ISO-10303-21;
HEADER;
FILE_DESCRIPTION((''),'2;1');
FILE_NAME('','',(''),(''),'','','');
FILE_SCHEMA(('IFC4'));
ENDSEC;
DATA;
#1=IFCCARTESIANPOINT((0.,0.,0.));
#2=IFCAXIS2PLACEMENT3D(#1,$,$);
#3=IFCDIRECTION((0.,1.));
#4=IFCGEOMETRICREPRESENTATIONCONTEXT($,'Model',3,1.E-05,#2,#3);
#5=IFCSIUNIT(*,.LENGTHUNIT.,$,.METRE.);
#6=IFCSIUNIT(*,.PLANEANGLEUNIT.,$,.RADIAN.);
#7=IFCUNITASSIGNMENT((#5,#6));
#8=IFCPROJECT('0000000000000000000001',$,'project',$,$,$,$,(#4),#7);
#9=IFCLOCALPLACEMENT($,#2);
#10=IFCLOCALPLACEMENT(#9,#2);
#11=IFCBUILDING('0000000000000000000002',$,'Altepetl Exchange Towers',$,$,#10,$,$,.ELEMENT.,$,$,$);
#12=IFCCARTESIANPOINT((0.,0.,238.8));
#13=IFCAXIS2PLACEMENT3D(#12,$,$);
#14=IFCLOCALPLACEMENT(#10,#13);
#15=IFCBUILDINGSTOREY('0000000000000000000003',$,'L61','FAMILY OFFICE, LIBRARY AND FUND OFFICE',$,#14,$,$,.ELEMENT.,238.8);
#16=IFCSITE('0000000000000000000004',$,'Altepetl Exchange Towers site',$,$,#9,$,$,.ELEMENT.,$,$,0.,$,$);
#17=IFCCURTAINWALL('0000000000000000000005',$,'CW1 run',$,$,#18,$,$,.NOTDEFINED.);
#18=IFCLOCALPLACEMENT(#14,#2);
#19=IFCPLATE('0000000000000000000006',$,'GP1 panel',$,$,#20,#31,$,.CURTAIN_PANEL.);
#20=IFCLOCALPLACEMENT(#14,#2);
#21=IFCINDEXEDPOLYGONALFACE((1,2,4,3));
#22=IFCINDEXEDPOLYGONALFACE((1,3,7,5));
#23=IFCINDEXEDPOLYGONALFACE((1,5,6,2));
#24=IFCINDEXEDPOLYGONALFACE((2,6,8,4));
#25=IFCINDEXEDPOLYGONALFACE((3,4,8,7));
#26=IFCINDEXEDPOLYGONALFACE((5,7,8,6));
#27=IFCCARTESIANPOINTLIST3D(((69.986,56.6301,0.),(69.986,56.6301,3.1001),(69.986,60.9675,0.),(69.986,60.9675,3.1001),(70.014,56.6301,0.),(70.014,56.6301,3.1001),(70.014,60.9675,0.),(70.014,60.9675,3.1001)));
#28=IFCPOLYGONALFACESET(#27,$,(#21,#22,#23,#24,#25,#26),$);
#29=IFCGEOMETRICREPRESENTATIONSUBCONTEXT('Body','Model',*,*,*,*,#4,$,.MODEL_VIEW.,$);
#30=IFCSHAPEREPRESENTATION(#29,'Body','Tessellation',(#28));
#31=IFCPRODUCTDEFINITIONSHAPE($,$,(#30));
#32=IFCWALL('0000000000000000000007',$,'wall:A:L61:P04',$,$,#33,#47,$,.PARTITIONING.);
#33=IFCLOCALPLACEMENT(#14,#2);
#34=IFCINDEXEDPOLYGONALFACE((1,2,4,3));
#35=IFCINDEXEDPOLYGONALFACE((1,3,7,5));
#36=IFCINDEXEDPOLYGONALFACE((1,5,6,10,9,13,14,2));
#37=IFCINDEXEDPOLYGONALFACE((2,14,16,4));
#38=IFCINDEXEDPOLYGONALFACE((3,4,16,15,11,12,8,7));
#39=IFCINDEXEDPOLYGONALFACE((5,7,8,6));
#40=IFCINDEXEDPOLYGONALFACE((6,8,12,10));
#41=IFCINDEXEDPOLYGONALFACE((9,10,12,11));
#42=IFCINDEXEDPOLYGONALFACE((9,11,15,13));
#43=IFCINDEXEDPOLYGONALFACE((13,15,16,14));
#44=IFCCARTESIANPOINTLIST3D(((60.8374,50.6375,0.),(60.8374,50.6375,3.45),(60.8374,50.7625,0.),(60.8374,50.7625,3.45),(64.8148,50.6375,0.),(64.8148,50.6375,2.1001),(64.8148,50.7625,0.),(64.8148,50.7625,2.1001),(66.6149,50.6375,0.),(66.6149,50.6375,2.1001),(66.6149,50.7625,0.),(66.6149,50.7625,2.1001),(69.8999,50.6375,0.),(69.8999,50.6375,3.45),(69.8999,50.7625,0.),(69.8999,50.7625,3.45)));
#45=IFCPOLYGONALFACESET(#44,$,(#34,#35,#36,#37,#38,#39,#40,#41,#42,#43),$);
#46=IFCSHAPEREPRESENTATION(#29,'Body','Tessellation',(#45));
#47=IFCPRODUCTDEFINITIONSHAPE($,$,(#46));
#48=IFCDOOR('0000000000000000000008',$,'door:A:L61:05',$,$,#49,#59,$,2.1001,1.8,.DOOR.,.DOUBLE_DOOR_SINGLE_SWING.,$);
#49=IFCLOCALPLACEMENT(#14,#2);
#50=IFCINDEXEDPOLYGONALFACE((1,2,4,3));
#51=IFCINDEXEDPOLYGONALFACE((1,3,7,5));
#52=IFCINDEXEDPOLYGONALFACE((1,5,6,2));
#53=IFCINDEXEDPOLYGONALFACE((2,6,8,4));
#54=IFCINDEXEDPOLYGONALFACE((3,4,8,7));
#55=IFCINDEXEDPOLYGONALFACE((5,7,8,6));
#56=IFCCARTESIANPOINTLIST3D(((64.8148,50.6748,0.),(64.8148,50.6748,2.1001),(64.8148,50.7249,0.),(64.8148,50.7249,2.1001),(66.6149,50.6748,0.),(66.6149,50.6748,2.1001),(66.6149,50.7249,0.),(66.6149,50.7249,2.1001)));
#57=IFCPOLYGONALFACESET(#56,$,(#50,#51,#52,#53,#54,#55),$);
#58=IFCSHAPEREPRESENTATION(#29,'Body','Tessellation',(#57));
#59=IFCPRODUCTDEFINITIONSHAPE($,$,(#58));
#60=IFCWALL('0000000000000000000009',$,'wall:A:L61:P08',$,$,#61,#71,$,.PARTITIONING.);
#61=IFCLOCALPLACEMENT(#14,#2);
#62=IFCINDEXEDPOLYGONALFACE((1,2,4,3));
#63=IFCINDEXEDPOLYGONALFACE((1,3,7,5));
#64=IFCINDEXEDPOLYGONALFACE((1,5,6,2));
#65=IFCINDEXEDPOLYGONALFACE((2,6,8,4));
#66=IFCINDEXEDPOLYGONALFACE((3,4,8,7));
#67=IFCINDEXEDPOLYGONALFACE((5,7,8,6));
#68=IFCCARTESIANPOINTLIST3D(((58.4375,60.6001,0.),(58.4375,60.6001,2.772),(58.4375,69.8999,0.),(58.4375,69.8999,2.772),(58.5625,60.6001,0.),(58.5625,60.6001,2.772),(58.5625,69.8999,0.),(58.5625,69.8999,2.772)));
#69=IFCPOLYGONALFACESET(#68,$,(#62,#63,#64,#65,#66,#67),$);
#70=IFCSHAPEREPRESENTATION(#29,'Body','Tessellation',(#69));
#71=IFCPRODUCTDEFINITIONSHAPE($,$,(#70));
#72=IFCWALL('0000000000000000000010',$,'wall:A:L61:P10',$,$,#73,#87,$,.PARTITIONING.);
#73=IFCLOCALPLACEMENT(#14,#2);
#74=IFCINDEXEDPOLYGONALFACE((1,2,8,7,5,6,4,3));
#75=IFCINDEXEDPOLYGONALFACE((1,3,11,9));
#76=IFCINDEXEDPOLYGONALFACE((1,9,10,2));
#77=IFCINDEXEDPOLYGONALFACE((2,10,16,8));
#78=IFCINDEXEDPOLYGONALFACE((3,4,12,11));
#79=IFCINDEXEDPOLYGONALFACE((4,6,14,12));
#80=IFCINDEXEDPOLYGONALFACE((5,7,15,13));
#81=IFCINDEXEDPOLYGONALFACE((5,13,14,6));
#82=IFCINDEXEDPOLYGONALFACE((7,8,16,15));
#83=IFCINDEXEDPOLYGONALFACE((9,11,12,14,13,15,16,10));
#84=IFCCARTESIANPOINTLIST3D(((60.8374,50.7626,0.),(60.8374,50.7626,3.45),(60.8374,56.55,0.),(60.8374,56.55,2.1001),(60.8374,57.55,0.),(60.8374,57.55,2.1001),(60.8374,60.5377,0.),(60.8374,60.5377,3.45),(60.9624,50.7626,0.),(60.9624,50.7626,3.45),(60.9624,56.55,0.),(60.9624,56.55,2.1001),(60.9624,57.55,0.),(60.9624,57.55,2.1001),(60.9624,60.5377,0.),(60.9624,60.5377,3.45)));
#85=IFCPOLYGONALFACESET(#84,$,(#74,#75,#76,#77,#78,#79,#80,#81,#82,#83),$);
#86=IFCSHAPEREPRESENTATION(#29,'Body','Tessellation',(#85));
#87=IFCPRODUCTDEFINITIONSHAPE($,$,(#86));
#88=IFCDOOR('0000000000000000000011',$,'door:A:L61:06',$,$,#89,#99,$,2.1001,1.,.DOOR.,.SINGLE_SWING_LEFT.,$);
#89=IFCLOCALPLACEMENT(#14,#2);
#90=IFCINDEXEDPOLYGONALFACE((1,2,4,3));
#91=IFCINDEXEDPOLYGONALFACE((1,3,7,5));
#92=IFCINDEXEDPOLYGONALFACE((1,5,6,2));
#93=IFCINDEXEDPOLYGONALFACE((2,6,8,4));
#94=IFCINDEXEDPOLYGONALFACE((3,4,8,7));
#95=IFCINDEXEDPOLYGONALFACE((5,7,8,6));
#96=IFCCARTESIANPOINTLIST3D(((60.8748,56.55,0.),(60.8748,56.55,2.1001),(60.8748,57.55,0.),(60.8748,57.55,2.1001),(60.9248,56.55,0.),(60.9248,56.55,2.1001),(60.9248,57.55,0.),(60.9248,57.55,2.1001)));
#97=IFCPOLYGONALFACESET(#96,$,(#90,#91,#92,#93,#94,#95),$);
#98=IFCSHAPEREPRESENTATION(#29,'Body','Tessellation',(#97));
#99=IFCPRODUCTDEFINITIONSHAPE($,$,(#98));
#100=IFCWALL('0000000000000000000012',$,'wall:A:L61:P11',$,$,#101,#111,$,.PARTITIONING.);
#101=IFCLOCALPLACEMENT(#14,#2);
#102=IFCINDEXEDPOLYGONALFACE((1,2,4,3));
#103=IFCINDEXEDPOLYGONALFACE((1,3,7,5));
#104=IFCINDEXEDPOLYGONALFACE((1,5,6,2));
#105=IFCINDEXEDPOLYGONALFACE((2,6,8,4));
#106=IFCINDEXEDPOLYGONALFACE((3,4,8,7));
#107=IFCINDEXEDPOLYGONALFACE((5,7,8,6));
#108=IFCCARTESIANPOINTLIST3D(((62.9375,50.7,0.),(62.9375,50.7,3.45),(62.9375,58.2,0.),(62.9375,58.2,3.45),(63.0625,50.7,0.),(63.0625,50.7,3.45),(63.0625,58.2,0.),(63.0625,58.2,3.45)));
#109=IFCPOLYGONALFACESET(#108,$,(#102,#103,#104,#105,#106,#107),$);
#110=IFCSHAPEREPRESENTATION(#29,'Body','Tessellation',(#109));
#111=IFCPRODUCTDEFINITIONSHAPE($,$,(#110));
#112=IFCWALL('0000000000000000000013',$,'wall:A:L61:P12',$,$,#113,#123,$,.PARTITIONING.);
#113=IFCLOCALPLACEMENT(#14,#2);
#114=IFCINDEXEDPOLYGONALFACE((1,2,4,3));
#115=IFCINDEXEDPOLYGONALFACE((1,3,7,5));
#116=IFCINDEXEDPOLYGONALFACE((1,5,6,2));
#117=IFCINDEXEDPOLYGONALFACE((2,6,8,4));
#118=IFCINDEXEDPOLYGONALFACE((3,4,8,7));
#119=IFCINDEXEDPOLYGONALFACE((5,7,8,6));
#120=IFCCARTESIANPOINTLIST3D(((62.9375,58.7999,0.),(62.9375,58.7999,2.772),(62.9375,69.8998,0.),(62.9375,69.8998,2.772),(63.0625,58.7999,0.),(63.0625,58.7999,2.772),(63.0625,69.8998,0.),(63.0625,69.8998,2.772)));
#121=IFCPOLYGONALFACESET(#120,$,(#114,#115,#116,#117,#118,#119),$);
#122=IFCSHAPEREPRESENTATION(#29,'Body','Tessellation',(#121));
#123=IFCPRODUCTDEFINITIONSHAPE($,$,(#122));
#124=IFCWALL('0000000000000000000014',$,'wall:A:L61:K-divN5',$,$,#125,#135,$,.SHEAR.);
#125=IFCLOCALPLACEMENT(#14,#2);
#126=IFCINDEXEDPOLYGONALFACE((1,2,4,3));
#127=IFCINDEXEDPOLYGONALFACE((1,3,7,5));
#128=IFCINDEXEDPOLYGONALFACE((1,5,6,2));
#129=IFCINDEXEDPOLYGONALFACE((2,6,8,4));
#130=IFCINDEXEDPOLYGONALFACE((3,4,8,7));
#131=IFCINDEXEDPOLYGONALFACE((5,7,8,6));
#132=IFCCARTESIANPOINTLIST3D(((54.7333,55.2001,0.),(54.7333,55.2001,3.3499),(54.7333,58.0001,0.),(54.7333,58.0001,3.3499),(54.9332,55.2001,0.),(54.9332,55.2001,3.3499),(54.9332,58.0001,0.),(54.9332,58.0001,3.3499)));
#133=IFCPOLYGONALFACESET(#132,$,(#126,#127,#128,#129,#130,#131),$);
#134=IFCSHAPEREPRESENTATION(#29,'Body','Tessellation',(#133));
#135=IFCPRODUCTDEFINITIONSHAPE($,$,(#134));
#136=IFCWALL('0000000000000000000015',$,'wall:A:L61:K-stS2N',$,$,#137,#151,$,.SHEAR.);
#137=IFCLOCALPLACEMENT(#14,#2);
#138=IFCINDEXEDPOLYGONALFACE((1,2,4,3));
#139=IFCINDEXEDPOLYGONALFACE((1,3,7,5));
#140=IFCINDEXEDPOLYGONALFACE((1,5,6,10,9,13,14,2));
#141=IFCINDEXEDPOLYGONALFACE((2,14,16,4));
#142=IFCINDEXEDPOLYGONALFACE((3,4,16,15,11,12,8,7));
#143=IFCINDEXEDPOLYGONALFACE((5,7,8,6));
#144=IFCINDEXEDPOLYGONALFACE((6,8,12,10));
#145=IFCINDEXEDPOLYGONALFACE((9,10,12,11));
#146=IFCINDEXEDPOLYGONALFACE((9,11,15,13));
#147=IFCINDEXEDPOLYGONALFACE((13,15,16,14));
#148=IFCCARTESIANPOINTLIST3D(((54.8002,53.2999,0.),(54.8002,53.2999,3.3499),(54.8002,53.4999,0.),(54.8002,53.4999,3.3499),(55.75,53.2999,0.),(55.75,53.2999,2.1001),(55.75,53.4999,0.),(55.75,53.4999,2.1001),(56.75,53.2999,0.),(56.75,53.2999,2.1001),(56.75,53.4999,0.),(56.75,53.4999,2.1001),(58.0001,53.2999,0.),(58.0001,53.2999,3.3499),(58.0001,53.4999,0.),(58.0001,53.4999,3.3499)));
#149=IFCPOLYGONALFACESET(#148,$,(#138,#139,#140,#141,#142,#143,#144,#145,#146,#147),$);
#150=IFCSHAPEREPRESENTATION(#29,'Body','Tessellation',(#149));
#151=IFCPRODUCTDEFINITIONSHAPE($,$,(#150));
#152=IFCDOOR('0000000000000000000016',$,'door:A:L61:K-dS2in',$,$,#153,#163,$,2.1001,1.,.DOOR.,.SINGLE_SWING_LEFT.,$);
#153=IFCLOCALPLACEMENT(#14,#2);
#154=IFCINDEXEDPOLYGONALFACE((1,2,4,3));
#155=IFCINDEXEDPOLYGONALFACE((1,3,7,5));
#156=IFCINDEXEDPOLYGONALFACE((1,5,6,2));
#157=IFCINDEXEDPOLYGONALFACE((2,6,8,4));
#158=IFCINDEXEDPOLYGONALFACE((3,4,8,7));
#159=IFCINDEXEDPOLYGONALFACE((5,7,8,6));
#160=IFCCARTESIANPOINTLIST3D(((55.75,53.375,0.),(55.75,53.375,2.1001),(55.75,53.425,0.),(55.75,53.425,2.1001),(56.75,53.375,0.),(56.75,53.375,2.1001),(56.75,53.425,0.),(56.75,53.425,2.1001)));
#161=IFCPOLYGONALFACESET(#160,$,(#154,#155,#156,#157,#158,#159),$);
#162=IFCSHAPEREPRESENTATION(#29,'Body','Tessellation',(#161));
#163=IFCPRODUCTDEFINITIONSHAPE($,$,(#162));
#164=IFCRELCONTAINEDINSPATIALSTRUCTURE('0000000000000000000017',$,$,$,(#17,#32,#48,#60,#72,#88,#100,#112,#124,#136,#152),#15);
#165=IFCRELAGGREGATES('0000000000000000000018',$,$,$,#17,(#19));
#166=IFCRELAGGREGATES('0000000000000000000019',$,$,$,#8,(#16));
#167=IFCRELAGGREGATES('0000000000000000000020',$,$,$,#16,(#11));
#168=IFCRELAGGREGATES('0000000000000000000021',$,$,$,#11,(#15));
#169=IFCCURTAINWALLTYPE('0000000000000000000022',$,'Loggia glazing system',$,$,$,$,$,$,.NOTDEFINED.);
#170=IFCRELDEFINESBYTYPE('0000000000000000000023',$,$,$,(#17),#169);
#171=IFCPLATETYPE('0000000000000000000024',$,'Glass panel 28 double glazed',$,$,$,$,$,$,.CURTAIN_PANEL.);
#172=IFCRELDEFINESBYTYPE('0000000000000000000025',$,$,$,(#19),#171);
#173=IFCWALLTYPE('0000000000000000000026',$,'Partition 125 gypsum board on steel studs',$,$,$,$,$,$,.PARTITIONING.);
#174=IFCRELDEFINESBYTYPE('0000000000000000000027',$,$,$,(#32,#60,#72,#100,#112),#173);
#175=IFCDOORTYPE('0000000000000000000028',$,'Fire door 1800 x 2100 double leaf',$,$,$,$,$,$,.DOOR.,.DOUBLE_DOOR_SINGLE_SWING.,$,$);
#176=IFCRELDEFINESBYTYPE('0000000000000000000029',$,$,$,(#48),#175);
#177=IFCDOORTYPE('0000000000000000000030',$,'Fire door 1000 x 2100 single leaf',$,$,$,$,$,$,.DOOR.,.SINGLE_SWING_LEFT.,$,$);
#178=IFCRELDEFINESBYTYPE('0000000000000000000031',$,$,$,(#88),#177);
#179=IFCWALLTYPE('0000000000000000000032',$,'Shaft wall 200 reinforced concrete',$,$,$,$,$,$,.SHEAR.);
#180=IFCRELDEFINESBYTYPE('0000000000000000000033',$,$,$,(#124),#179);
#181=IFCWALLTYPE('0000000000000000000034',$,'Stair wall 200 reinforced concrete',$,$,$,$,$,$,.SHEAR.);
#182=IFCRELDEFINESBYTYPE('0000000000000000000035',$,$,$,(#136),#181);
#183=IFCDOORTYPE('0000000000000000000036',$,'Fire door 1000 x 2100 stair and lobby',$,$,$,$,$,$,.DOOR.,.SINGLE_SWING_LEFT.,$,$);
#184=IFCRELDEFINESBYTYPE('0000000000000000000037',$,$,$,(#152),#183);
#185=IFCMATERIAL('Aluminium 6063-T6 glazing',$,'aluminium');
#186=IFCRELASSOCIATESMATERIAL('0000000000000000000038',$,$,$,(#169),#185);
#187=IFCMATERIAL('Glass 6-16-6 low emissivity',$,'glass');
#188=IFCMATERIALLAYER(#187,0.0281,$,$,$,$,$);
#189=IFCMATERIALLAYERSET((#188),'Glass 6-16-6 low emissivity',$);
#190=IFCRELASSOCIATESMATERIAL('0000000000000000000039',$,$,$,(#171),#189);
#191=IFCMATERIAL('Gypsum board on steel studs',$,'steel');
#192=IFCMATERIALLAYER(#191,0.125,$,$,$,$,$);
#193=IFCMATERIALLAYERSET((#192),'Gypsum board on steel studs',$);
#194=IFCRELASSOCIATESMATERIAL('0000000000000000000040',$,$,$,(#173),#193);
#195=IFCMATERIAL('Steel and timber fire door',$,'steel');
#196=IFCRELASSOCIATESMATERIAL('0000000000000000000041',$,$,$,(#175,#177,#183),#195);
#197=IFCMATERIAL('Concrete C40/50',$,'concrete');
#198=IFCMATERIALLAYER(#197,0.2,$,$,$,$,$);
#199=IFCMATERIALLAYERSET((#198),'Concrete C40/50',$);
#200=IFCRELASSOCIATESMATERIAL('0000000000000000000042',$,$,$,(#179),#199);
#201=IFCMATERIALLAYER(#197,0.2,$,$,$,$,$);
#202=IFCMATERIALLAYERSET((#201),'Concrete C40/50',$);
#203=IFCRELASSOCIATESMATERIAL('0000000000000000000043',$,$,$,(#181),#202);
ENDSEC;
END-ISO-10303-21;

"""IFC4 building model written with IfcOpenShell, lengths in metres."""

from ifc_helpers import new_model, si_unit, direction, frame, frame_2d, origin, origin_2d, place, context, subcontext, project, spatial, rectangle, extrude, material, layer, layer_set, type_object, element, fill, aggregate, save


model = new_model("IFC4")

# Units and contexts
model_context = context("Model", 3, precision=1e-05, world=origin(), true_north=direction((0.0, 1.0)))
body_context = subcontext(model_context, "Body", "Model", "MODEL_VIEW")
ifc_project = project(units=[si_unit("LENGTHUNIT", "METRE"), si_unit("PLANEANGLEUNIT", "RADIAN")], contexts=[model_context])

# Site, building, storey
site_placement = place(None, origin())
site = spatial("IfcSite", under=ifc_project, at=site_placement, Name="Altepetl Exchange Towers site", CompositionType="ELEMENT", RefElevation=0.0)
building_placement = place(site_placement, origin())
building = spatial("IfcBuilding", under=site, at=building_placement, Name="Altepetl Exchange Towers", CompositionType="ELEMENT")
storey_placement = place(building_placement, frame((0.0, 0.0, 238.8)))
storey = spatial("IfcBuildingStorey", under=building, at=storey_placement, Name="L61", Description="FAMILY OFFICE, LIBRARY AND FUND OFFICE", CompositionType="ELEMENT", Elevation=238.8)

# Curtain wall
ifc_material_1 = material(Name="Aluminium 6063-T6 glazing", Category="aluminium")
curtain_wall_type = type_object("IfcCurtainWallType", Name="Loggia glazing system", PredefinedType="NOTDEFINED", material=ifc_material_1)
curtain_wall_1_placement = place(storey_placement, origin())
curtain_wall_1 = element("IfcCurtainWall", 1, at=curtain_wall_1_placement, inside=storey, type_object=curtain_wall_type, Name="CW1 run", PredefinedType="NOTDEFINED")

# Plate
ifc_material_2 = material(Name="Glass 6-16-6 low emissivity", Category="glass")
ifc_layer_1 = layer(ifc_material_2, 0.0281)
ifc_layer_set_1 = layer_set([ifc_layer_1], Name="Glass 6-16-6 low emissivity")
plate_type = type_object("IfcPlateType", Name="Glass panel 28 double glazed", PredefinedType="CURTAIN_PANEL", material=ifc_layer_set_1)
plate_1_placement = place(storey_placement, frame((70.0, 58.7988, 0.0), z_axis=(0.0, 0.0, 1.0), x_axis=(0.0, 1.0, 0.0)))
plate_1 = element("IfcPlate", 2, at=plate_1_placement, type_object=plate_type, Name="GP1 panel", PredefinedType="CURTAIN_PANEL", context=body_context, shape_type="SweptSolid", body=[
    extrude(rectangle(XDim=4.3374, YDim=0.0281, at=origin_2d()), origin(), (0.0, 0.0, 1.0), 3.1001),
])
aggregate(curtain_wall_1, [plate_1])

# Wall, opening, door
ifc_material_3 = material(Name="Gypsum board on steel studs", Category="steel")
ifc_layer_2 = layer(ifc_material_3, 0.125)
ifc_layer_set_2 = layer_set([ifc_layer_2], Name="Gypsum board on steel studs")
wall_type_1 = type_object("IfcWallType", Name="Partition 125 gypsum board on steel studs", PredefinedType="PARTITIONING", material=ifc_layer_set_2)
wall_1_placement = place(storey_placement, frame((60.8374, 50.7, 0.0)))
wall_1 = element("IfcWall", 3, at=wall_1_placement, inside=storey, type_object=wall_type_1, Name="wall:A:L61:P04", PredefinedType="PARTITIONING", context=body_context, shape_type="SweptSolid", body=[
    extrude(rectangle(XDim=9.0625, YDim=0.125, at=frame_2d((4.5312, 0.0))), origin(), (0.0, 0.0, 1.0), 3.45),
])
opening_1_placement = place(wall_1_placement, frame((3.9775, 0.0, 0.0)))
opening_1 = element("IfcOpeningElement", 4, at=opening_1_placement, cuts=wall_1, PredefinedType="OPENING", context=body_context, shape_type="SweptSolid", body=[
    extrude(rectangle(XDim=1.8, YDim=2.1001, at=frame_2d((0.8999, 1.05))), frame((0.0, 0.0725, 0.0), z_axis=(0.0, -1.0, 0.0), x_axis=(1.0, 0.0, 0.0)), (0.0, 0.0, 1.0), 0.145),
])
ifc_material_4 = material(Name="Steel and timber fire door", Category="steel")
door_type_1 = type_object("IfcDoorType", Name="Fire door 1800 x 2100 double leaf", OperationType="DOUBLE_DOOR_SINGLE_SWING", PredefinedType="DOOR", material=ifc_material_4)
door_1_placement = place(opening_1_placement, origin())
door_1 = element("IfcDoor", 5, at=door_1_placement, inside=storey, type_object=door_type_1, Name="door:A:L61:05", OperationType="DOUBLE_DOOR_SINGLE_SWING", OverallHeight=2.1001, OverallWidth=1.8, PredefinedType="DOOR", context=body_context, shape_type="SweptSolid", body=[
    extrude(rectangle(XDim=1.8, YDim=2.1001, at=frame_2d((0.8999, 1.05))), frame((0.0, 0.0249, 0.0), z_axis=(0.0, -1.0, 0.0), x_axis=(1.0, 0.0, 0.0)), (0.0, 0.0, 1.0), 0.05),
])
fill(opening_1, door_1)

# Wall
wall_2_placement = place(storey_placement, frame((58.5, 60.6001, 0.0), z_axis=(0.0, 0.0, 1.0), x_axis=(0.0, 1.0, 0.0)))
element("IfcWall", 6, at=wall_2_placement, inside=storey, type_object=wall_type_1, Name="wall:A:L61:P08", PredefinedType="PARTITIONING", context=body_context, shape_type="SweptSolid", body=[
    extrude(rectangle(XDim=9.2998, YDim=0.125, at=frame_2d((4.6499, 0.0))), origin(), (0.0, 0.0, 1.0), 2.772),
])

# Wall, opening, door
wall_3_placement = place(storey_placement, frame((60.8999, 50.7625, 0.0), z_axis=(0.0, 0.0, 1.0), x_axis=(0.0, 1.0, 0.0)))
wall_3 = element("IfcWall", 7, at=wall_3_placement, inside=storey, type_object=wall_type_1, Name="wall:A:L61:P10", PredefinedType="PARTITIONING", context=body_context, shape_type="SweptSolid", body=[
    extrude(rectangle(XDim=9.7751, YDim=0.125, at=frame_2d((4.8877, 0.0))), origin(), (0.0, 0.0, 1.0), 3.45),
])
opening_2_placement = place(wall_3_placement, frame((5.7876, 0.0, 0.0)))
opening_2 = element("IfcOpeningElement", 8, at=opening_2_placement, cuts=wall_3, PredefinedType="OPENING", context=body_context, shape_type="SweptSolid", body=[
    extrude(rectangle(XDim=1.0, YDim=2.1001, at=frame_2d((0.5, 1.05))), frame((0.0, 0.0725, 0.0), z_axis=(0.0, -1.0, 0.0), x_axis=(1.0, 0.0, 0.0)), (0.0, 0.0, 1.0), 0.145),
])
door_type_2 = type_object("IfcDoorType", Name="Fire door 1000 x 2100 single leaf", OperationType="SINGLE_SWING_LEFT", PredefinedType="DOOR", material=ifc_material_4)
door_2_placement = place(opening_2_placement, frame((1.0, 0.0, 0.0), x_axis=(-1.0, 0.0, 0.0)))
door_2 = element("IfcDoor", 9, at=door_2_placement, inside=storey, type_object=door_type_2, Name="door:A:L61:06", OperationType="SINGLE_SWING_LEFT", OverallHeight=2.1001, OverallWidth=1.0, PredefinedType="DOOR", context=body_context, shape_type="SweptSolid", body=[
    extrude(rectangle(XDim=1.0, YDim=2.1001, at=frame_2d((0.5, 1.05))), frame((0.0, 0.0249, 0.0), z_axis=(0.0, -1.0, 0.0), x_axis=(1.0, 0.0, 0.0)), (0.0, 0.0, 1.0), 0.05),
])
fill(opening_2, door_2)

# Walls
wall_4_placement = place(storey_placement, frame((63.0, 50.7, 0.0), z_axis=(0.0, 0.0, 1.0), x_axis=(0.0, 1.0, 0.0)))
element("IfcWall", 10, at=wall_4_placement, inside=storey, type_object=wall_type_1, Name="wall:A:L61:P11", PredefinedType="PARTITIONING", context=body_context, shape_type="SweptSolid", body=[
    extrude(rectangle(XDim=7.5, YDim=0.125, at=frame_2d((3.75, 0.0))), origin(), (0.0, 0.0, 1.0), 3.45),
])
wall_5_placement = place(storey_placement, frame((63.0, 58.8, 0.0), z_axis=(0.0, 0.0, 1.0), x_axis=(0.0, 1.0, 0.0)))
element("IfcWall", 11, at=wall_5_placement, inside=storey, type_object=wall_type_1, Name="wall:A:L61:P12", PredefinedType="PARTITIONING", context=body_context, shape_type="SweptSolid", body=[
    extrude(rectangle(XDim=11.0999, YDim=0.125, at=frame_2d((5.5498, 0.0))), origin(), (0.0, 0.0, 1.0), 2.772),
])
ifc_material_5 = material(Name="Concrete C40/50", Category="concrete")
ifc_layer_3 = layer(ifc_material_5, 0.2)
ifc_layer_set_3 = layer_set([ifc_layer_3], Name="Concrete C40/50")
wall_type_2 = type_object("IfcWallType", Name="Shaft wall 200 reinforced concrete", PredefinedType="SHEAR", material=ifc_layer_set_3)
wall_6_placement = place(storey_placement, frame((54.8333, 58.0, 0.0), z_axis=(0.0, 0.0, 1.0), x_axis=(0.0, -1.0, 0.0)))
element("IfcWall", 12, at=wall_6_placement, inside=storey, type_object=wall_type_2, Name="wall:A:L61:K-divN5", PredefinedType="SHEAR", context=body_context, shape_type="SweptSolid", body=[
    extrude(rectangle(XDim=2.8, YDim=0.2, at=frame_2d((1.3999, 0.0))), origin(), (0.0, 0.0, 1.0), 3.3499),
])

# Wall, opening, door
ifc_layer_4 = layer(ifc_material_5, 0.2)
ifc_layer_set_4 = layer_set([ifc_layer_4], Name="Concrete C40/50")
wall_type_3 = type_object("IfcWallType", Name="Stair wall 200 reinforced concrete", PredefinedType="SHEAR", material=ifc_layer_set_4)
wall_7_placement = place(storey_placement, frame((54.8, 53.3999, 0.0)))
wall_7 = element("IfcWall", 13, at=wall_7_placement, inside=storey, type_object=wall_type_3, Name="wall:A:L61:K-stS2N", PredefinedType="SHEAR", context=body_context, shape_type="SweptSolid", body=[
    extrude(rectangle(XDim=3.2, YDim=0.2, at=frame_2d((1.6001, 0.0))), origin(), (0.0, 0.0, 1.0), 3.3499),
])
opening_3_placement = place(wall_7_placement, frame((0.95, 0.0, 0.0)))
opening_3 = element("IfcOpeningElement", 14, at=opening_3_placement, cuts=wall_7, PredefinedType="OPENING", context=body_context, shape_type="SweptSolid", body=[
    extrude(rectangle(XDim=1.0, YDim=2.1001, at=frame_2d((0.5, 1.05))), frame((0.0, 0.1099, 0.0), z_axis=(0.0, -1.0, 0.0), x_axis=(1.0, 0.0, 0.0)), (0.0, 0.0, 1.0), 0.22),
])
door_type_3 = type_object("IfcDoorType", Name="Fire door 1000 x 2100 stair and lobby", OperationType="SINGLE_SWING_LEFT", PredefinedType="DOOR", material=ifc_material_4)
door_3_placement = place(opening_3_placement, frame((1.0, 0.0, 0.0), x_axis=(-1.0, 0.0, 0.0)))
door_3 = element("IfcDoor", 15, at=door_3_placement, inside=storey, type_object=door_type_3, Name="door:A:L61:K-dS2in", OperationType="SINGLE_SWING_LEFT", OverallHeight=2.1001, OverallWidth=1.0, PredefinedType="DOOR", context=body_context, shape_type="SweptSolid", body=[
    extrude(rectangle(XDim=1.0, YDim=2.1001, at=frame_2d((0.5, 1.05))), frame((0.0, 0.0249, 0.0), z_axis=(0.0, -1.0, 0.0), x_axis=(1.0, 0.0, 0.0)), (0.0, 0.0, 1.0), 0.05),
])
fill(opening_3, door_3)

save(model, "model.ifc")
